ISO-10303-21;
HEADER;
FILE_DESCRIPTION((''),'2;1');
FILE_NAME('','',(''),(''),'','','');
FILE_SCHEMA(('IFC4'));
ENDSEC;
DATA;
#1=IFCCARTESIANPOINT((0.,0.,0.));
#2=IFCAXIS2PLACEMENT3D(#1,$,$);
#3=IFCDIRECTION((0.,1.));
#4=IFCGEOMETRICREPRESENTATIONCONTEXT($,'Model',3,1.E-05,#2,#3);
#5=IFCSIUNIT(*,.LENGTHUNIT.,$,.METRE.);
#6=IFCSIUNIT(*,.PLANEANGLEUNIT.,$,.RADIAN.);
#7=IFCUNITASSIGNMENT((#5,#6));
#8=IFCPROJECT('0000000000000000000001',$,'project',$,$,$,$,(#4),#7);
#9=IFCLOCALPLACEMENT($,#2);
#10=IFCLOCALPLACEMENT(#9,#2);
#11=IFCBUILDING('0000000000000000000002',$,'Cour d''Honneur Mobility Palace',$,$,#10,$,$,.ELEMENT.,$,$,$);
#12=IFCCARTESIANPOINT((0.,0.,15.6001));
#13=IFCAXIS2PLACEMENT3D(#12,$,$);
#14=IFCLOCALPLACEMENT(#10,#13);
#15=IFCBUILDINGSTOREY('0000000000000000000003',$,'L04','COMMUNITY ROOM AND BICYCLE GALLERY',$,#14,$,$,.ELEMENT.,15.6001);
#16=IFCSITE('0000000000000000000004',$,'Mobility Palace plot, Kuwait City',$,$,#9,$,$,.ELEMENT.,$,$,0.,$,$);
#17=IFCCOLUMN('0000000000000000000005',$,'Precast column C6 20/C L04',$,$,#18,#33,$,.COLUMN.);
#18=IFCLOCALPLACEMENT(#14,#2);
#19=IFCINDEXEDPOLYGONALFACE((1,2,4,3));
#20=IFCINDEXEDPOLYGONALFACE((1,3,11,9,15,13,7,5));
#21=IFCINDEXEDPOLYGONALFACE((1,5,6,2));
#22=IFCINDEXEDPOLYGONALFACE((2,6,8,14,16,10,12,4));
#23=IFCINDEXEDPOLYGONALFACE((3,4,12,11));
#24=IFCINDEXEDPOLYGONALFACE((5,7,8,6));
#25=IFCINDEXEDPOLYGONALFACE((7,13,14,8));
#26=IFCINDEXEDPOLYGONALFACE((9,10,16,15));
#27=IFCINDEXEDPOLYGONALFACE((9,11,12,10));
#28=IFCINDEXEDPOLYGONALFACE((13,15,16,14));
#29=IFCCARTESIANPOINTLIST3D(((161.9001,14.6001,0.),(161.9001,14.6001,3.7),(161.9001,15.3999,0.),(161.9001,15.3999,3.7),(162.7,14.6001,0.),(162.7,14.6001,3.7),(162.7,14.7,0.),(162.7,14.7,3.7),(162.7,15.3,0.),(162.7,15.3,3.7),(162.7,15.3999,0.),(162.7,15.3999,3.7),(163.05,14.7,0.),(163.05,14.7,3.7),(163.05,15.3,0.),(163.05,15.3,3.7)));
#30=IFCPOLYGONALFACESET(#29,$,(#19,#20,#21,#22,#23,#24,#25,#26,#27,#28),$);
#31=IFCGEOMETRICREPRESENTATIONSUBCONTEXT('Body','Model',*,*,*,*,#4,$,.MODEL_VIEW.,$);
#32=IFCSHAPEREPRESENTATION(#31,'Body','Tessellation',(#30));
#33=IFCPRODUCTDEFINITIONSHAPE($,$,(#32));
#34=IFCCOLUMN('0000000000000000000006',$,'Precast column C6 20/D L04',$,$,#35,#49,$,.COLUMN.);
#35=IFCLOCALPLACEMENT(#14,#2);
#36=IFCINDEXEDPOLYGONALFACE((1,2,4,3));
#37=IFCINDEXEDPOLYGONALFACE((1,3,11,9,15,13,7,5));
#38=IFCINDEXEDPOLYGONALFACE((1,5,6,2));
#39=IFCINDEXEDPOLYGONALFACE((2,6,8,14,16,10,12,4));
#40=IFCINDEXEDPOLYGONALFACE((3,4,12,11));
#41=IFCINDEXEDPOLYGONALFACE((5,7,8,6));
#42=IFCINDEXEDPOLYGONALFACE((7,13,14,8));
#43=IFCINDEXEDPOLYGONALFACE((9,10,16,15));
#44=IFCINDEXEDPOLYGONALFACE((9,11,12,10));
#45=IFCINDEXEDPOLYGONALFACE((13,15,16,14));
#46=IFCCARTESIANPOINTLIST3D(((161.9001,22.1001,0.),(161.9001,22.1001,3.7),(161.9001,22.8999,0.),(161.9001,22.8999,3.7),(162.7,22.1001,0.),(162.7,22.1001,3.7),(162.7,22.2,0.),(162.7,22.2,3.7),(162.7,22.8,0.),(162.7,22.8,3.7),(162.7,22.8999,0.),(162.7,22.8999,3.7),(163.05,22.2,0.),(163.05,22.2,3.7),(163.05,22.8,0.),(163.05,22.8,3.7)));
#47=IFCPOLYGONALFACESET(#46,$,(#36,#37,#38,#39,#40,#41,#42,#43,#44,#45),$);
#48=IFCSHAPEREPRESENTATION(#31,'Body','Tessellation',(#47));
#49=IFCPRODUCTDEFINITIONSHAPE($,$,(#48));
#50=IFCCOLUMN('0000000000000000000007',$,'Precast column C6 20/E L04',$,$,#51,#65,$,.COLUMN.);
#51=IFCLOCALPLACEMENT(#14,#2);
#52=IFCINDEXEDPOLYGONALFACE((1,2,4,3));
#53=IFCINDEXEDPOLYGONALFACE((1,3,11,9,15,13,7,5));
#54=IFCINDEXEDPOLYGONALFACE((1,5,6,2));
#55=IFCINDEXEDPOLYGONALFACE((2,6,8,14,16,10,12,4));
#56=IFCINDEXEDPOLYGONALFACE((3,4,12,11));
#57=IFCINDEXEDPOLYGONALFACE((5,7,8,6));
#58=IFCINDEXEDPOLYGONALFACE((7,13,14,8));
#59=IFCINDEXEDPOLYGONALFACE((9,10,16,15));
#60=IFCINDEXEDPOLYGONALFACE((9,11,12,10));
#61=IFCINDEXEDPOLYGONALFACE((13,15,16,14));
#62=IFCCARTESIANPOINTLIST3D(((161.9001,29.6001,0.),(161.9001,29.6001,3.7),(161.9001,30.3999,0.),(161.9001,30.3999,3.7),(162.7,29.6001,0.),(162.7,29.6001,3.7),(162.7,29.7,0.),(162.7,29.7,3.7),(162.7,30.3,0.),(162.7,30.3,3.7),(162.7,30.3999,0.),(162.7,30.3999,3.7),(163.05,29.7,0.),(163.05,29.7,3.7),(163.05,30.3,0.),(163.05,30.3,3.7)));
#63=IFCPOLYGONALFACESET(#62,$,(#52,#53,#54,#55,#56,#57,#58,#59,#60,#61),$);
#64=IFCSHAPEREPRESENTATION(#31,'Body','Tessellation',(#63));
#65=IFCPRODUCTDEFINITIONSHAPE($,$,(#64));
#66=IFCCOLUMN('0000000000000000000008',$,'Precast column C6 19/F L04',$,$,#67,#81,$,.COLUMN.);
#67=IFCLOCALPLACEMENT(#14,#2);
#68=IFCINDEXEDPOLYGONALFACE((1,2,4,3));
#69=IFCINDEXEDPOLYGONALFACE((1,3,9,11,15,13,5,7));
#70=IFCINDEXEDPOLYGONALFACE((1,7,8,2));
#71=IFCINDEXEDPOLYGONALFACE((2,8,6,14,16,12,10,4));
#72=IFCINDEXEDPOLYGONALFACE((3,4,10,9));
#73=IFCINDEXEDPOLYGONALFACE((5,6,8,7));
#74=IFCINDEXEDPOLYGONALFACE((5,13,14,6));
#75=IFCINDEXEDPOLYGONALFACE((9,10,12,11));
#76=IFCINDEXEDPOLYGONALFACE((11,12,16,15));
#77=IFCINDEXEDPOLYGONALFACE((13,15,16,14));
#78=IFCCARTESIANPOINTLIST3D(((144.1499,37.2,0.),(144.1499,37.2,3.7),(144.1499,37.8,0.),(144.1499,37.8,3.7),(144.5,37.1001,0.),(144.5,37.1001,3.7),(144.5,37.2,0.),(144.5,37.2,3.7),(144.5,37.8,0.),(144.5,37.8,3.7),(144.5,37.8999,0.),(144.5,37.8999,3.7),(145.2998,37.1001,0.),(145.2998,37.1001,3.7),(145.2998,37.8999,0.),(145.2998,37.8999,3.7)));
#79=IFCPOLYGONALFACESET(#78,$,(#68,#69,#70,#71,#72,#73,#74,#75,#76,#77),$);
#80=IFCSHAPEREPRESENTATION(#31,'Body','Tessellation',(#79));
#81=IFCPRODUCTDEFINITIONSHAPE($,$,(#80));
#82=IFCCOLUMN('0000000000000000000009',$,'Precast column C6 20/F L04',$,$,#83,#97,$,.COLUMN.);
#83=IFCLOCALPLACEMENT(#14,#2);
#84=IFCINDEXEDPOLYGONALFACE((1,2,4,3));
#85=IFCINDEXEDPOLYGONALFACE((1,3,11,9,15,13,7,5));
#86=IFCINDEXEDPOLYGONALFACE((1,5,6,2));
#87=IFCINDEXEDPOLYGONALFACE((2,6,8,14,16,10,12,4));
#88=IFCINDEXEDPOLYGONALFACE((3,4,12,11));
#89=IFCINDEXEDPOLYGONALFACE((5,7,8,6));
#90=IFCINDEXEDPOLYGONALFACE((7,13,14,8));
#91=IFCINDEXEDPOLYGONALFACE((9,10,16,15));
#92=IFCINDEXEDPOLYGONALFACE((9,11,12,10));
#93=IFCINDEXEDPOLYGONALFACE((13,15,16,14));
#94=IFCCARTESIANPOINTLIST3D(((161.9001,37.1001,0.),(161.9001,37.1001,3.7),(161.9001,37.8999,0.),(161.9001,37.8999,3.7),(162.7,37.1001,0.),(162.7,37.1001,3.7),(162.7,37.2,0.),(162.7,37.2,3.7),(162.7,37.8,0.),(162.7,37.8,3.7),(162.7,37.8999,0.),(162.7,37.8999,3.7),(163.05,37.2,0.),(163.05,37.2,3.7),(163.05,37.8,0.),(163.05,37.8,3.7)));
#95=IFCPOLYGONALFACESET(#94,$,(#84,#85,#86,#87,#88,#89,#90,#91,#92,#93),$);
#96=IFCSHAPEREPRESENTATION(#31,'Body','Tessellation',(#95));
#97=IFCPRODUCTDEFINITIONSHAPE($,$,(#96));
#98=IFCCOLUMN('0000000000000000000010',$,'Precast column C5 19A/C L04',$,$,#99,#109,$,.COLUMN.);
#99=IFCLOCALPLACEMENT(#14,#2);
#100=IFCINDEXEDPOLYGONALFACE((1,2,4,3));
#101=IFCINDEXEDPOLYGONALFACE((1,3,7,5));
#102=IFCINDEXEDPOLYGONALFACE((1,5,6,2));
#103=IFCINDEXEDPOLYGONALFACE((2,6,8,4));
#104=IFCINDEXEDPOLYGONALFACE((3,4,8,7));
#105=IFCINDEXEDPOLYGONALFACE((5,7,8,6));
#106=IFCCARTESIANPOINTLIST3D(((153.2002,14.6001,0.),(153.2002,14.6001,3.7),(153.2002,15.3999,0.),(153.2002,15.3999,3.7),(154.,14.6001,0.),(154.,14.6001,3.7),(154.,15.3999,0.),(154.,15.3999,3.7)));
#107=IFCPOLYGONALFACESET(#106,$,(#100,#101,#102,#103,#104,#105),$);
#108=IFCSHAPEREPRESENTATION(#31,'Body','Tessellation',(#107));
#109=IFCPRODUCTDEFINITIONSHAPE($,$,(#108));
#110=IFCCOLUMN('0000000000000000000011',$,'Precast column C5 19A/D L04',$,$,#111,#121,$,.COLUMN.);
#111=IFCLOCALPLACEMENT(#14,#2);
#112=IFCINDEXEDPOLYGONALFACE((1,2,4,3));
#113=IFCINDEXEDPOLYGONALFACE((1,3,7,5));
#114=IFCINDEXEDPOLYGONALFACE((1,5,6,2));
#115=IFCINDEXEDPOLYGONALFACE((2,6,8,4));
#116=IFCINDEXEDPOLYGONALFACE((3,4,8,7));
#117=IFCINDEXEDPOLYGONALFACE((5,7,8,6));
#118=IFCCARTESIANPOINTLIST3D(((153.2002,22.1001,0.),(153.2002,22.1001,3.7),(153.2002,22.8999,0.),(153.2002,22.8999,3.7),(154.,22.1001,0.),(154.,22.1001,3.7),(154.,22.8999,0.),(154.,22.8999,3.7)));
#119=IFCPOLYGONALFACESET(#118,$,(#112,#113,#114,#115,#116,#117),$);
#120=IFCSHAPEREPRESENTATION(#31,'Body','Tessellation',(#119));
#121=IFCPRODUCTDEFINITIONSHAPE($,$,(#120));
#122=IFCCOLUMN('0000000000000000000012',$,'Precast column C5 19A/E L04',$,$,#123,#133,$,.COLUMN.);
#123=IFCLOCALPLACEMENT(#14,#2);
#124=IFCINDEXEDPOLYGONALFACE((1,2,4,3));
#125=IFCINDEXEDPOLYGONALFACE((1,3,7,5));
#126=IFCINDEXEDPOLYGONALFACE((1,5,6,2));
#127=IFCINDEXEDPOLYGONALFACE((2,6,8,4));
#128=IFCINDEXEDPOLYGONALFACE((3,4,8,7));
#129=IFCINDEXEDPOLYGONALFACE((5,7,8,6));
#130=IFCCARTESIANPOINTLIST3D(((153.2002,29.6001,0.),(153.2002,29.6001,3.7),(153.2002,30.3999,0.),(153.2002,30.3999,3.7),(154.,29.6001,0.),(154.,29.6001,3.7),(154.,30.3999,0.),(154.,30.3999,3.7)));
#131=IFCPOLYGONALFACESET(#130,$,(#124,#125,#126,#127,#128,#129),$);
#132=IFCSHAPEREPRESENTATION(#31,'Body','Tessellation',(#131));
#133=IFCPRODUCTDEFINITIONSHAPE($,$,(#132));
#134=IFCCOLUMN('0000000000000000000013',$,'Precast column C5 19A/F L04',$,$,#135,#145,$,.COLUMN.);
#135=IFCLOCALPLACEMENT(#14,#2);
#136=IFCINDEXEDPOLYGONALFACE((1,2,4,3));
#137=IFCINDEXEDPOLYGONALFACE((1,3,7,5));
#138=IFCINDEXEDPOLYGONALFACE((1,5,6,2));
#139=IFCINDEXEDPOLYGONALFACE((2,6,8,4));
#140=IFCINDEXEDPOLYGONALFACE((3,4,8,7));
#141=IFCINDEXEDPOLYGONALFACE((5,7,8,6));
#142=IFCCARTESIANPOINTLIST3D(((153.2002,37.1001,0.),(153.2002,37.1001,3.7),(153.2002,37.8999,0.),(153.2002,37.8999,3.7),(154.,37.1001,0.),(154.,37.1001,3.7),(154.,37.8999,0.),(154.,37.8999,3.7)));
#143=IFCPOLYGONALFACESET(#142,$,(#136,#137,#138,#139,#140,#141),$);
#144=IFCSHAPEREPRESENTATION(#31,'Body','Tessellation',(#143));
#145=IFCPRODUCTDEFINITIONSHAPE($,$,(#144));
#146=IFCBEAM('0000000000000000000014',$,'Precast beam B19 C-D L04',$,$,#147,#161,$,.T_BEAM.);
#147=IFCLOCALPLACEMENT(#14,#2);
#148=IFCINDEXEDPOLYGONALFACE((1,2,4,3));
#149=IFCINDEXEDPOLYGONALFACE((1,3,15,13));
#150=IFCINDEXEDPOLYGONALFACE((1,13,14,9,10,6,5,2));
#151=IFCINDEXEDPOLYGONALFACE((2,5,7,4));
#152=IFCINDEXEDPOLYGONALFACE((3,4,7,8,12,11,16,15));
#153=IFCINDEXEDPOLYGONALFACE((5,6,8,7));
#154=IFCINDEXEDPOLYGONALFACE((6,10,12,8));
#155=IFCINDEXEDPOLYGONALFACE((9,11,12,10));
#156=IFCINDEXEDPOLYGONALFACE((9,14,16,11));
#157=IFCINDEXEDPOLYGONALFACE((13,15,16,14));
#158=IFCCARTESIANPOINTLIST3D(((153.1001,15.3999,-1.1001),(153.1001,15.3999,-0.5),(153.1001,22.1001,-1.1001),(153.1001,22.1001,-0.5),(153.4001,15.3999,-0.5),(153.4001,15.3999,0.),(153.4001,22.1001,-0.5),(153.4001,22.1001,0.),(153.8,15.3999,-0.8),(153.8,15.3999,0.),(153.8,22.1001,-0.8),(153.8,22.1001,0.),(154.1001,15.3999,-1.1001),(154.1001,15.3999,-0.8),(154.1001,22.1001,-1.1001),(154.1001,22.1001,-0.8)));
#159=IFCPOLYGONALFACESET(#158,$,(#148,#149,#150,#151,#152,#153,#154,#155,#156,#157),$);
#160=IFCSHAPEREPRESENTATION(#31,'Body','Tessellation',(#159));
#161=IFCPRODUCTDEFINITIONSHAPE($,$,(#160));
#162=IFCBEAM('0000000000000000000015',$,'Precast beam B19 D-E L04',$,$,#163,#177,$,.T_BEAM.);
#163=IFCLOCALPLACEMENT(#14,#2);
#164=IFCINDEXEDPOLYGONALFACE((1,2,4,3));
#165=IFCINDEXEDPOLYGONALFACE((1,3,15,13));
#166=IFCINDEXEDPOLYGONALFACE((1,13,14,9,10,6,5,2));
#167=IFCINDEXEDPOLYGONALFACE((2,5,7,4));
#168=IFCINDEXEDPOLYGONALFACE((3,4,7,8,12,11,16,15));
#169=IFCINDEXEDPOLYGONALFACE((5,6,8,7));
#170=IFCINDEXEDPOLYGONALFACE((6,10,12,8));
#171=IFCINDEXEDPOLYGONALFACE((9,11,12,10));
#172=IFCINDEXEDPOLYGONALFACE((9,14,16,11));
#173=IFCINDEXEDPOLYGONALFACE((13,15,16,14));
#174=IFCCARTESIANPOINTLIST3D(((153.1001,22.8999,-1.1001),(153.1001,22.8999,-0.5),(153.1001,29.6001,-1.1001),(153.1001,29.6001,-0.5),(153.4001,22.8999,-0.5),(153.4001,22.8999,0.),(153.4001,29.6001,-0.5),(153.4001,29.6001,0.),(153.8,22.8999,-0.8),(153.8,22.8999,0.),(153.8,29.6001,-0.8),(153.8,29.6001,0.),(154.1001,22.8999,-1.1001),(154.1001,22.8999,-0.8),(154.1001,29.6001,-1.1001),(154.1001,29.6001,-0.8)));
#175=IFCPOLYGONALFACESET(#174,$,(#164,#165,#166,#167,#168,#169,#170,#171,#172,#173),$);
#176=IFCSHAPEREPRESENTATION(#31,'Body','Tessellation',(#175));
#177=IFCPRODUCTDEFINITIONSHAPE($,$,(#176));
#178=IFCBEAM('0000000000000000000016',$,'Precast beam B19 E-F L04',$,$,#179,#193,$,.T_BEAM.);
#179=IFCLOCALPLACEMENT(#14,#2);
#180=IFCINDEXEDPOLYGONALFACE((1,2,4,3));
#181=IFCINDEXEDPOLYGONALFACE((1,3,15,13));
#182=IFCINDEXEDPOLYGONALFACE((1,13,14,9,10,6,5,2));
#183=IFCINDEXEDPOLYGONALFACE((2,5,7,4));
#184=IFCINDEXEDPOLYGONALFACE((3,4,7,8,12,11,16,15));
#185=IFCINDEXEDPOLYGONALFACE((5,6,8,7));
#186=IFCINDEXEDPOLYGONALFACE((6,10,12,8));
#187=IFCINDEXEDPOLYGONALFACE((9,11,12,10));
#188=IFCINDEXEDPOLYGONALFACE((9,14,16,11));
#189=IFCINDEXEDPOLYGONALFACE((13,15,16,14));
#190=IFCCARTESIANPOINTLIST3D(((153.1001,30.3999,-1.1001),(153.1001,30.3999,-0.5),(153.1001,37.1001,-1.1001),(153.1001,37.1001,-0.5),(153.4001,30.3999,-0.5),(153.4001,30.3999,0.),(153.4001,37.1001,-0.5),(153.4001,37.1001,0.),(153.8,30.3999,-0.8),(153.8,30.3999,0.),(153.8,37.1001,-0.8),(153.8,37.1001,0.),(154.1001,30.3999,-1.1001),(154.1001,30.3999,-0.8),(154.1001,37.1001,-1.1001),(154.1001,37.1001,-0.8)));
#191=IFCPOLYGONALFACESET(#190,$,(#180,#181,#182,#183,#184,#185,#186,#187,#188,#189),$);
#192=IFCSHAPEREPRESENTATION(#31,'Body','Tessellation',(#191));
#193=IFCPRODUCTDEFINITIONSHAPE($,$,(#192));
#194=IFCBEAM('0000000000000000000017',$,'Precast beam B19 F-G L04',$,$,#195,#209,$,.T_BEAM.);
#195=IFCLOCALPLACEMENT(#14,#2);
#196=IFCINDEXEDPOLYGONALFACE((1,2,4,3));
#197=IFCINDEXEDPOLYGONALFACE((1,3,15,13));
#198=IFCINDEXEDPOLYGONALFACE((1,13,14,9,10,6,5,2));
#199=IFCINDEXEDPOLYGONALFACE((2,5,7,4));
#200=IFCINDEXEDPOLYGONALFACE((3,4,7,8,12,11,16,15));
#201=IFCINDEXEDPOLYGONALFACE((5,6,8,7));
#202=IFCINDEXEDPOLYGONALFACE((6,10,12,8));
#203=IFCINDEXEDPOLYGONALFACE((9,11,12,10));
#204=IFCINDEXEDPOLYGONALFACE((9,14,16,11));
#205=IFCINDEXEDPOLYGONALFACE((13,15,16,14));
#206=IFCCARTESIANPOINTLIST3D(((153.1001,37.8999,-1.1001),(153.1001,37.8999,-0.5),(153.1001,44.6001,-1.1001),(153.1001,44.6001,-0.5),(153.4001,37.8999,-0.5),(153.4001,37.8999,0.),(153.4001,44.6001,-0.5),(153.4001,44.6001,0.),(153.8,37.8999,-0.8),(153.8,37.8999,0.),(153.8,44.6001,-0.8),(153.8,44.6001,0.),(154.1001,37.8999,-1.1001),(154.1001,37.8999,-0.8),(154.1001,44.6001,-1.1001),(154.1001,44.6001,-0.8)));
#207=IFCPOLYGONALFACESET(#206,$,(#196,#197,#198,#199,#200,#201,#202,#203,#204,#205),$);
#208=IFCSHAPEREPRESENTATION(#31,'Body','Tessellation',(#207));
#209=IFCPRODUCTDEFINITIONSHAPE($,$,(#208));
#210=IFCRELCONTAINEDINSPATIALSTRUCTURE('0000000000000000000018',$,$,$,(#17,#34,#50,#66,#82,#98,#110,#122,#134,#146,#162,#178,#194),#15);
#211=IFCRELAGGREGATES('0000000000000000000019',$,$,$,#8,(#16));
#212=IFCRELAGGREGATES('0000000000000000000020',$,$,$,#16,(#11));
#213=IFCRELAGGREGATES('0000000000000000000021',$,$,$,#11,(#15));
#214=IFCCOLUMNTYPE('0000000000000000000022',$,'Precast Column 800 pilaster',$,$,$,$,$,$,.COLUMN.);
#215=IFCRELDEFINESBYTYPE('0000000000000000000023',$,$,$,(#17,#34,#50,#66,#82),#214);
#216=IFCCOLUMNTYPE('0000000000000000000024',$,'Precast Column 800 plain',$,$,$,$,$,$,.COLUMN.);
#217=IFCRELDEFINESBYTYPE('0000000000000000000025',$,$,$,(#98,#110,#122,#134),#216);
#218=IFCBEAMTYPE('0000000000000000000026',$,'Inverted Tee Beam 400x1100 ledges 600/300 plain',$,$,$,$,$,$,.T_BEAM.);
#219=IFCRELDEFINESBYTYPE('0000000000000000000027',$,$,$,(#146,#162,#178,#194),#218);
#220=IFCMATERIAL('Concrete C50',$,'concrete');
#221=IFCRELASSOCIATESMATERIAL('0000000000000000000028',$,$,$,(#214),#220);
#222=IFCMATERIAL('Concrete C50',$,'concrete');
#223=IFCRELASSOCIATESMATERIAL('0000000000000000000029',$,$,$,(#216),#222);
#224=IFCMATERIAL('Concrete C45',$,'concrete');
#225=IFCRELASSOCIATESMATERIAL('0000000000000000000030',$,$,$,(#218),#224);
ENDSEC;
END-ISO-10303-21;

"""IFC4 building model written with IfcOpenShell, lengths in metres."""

from ifc_helpers import new_model, si_unit, direction, frame, origin, place, context, subcontext, project, spatial, polyline, outline, extrude, material, material_profile, profile_set, type_object, element, save


model = new_model("IFC4")

# Units and contexts
model_context = context("Model", 3, precision=1e-05, world=origin(), true_north=direction((0.0, 1.0)))
body_context = subcontext(model_context, "Body", "Model", "MODEL_VIEW")
ifc_project = project(units=[si_unit("LENGTHUNIT", "METRE"), si_unit("PLANEANGLEUNIT", "RADIAN")], contexts=[model_context])

# Site, building, storey
site_placement = place(None, origin())
site = spatial("IfcSite", under=ifc_project, at=site_placement, Name="Mobility Palace plot, Kuwait City", CompositionType="ELEMENT", RefElevation=0.0)
building_placement = place(site_placement, origin())
building = spatial("IfcBuilding", under=site, at=building_placement, Name="Cour d'Honneur Mobility Palace", CompositionType="ELEMENT")
storey_placement = place(building_placement, frame((0.0, 0.0, 15.6001)))
storey = spatial("IfcBuildingStorey", under=building, at=storey_placement, Name="L04", Description="COMMUNITY ROOM AND BICYCLE GALLERY", CompositionType="ELEMENT", Elevation=15.6001)

# Columns
ifc_material_1 = material(Name="Concrete C50", Category="concrete")
ifc_material_profile_1 = material_profile(ifc_material_1, outline(polyline([(-0.3999, -0.3999), (0.3999, -0.3999), (0.3999, -0.3), (0.75, -0.3), (0.75, 0.3), (0.3999, 0.3), (0.3999, 0.3999), (-0.3999, 0.3999), (-0.3999, -0.3999)])), Name="PC C800 pilaster")
ifc_profile_set_1 = profile_set([ifc_material_profile_1], Name="Concrete C50")
column_type_1 = type_object("IfcColumnType", Name="Precast Column 800 pilaster", PredefinedType="COLUMN", material=ifc_profile_set_1)
for number, where, z_axis, x_axis, name in (
    (1, (162.3, 15.0, 0.0), (0.0, 0.0, 1.0), (1.0, 0.0, 0.0), "Precast column C6 20/C L04"),
    (2, (162.3, 22.5, 0.0), (0.0, 0.0, 1.0), (1.0, 0.0, 0.0), "Precast column C6 20/D L04"),
    (3, (162.3, 30.0, 0.0), (0.0, 0.0, 1.0), (1.0, 0.0, 0.0), "Precast column C6 20/E L04"),
    (4, (144.8999, 37.5, 0.0), (0.0, 0.0, 1.0), (-1.0, 0.0, 0.0), "Precast column C6 19/F L04"),
    (5, (162.3, 37.5, 0.0), (0.0, 0.0, 1.0), (1.0, 0.0, 0.0), "Precast column C6 20/F L04"),
):
    element("IfcColumn", number, at=place(storey_placement, frame(where, z_axis=z_axis, x_axis=x_axis)), inside=storey, type_object=column_type_1, Name=name, PredefinedType="COLUMN", context=body_context, shape_type="SweptSolid", body=[
        extrude(outline(polyline([(-0.3999, -0.3999), (0.3999, -0.3999), (0.3999, -0.3), (0.75, -0.3), (0.75, 0.3), (0.3999, 0.3), (0.3999, 0.3999), (-0.3999, 0.3999), (-0.3999, -0.3999)])), origin(), (0.0, 0.0, 1.0), 3.7),
    ])
ifc_material_2 = material(Name="Concrete C50", Category="concrete")
ifc_material_profile_2 = material_profile(ifc_material_2, outline(polyline([(-0.3999, -0.3999), (0.3999, -0.3999), (0.3999, 0.3999), (-0.3999, 0.3999), (-0.3999, -0.3999)])), Name="PC C800 plain")
ifc_profile_set_2 = profile_set([ifc_material_profile_2], Name="Concrete C50")
column_type_2 = type_object("IfcColumnType", Name="Precast Column 800 plain", PredefinedType="COLUMN", material=ifc_profile_set_2)
for number, where, z_axis, x_axis, name in (
    (6, (153.6001, 15.0, 0.0), (0.0, 0.0, 1.0), (1.0, 0.0, 0.0), "Precast column C5 19A/C L04"),
    (7, (153.6001, 22.5, 0.0), (0.0, 0.0, 1.0), (1.0, 0.0, 0.0), "Precast column C5 19A/D L04"),
    (8, (153.6001, 30.0, 0.0), (0.0, 0.0, 1.0), (1.0, 0.0, 0.0), "Precast column C5 19A/E L04"),
    (9, (153.6001, 37.5, 0.0), (0.0, 0.0, 1.0), (1.0, 0.0, 0.0), "Precast column C5 19A/F L04"),
):
    element("IfcColumn", number, at=place(storey_placement, frame(where, z_axis=z_axis, x_axis=x_axis)), inside=storey, type_object=column_type_2, Name=name, PredefinedType="COLUMN", context=body_context, shape_type="SweptSolid", body=[
        extrude(outline(polyline([(-0.3999, -0.3999), (0.3999, -0.3999), (0.3999, 0.3999), (-0.3999, 0.3999), (-0.3999, -0.3999)])), origin(), (0.0, 0.0, 1.0), 3.7),
    ])

# Beams
ifc_material_3 = material(Name="Concrete C45", Category="concrete")
ifc_material_profile_3 = material_profile(ifc_material_3, outline(polyline([(0.5, -1.1001), (0.5, -0.5), (0.2, -0.5), (0.2, 0.0), (-0.2, 0.0), (-0.2, -0.8), (-0.5, -0.8), (-0.5, -1.1001), (0.5, -1.1001)])), Name="Inverted Tee Beam 400x1100 ledges 600/300 plain")
ifc_profile_set_3 = profile_set([ifc_material_profile_3], Name="Concrete C45")
beam_type_1 = type_object("IfcBeamType", Name="Inverted Tee Beam 400x1100 ledges 600/300 plain", PredefinedType="T_BEAM", material=ifc_profile_set_3)
for number, where, z_axis, x_axis, name in (
    (10, (153.6001, 15.3999, 0.0), (0.0, 1.0, 0.0), (-1.0, 0.0, 0.0), "Precast beam B19 C-D L04"),
    (11, (153.6001, 22.8999, 0.0), (0.0, 1.0, 0.0), (-1.0, 0.0, 0.0), "Precast beam B19 D-E L04"),
    (12, (153.6001, 30.3999, 0.0), (0.0, 1.0, 0.0), (-1.0, 0.0, 0.0), "Precast beam B19 E-F L04"),
    (13, (153.6001, 37.8999, 0.0), (0.0, 1.0, 0.0), (-1.0, 0.0, 0.0), "Precast beam B19 F-G L04"),
):
    element("IfcBeam", number, at=place(storey_placement, frame(where, z_axis=z_axis, x_axis=x_axis)), inside=storey, type_object=beam_type_1, Name=name, PredefinedType="T_BEAM", context=body_context, shape_type="SweptSolid", body=[
        extrude(outline(polyline([(0.5, -1.1001), (0.5, -0.5), (0.2, -0.5), (0.2, 0.0), (-0.2, 0.0), (-0.2, -0.8), (-0.5, -0.8), (-0.5, -1.1001), (0.5, -1.1001)])), origin(), (0.0, 0.0, 1.0), 6.7002),
    ])

save(model, "model.ifc")
